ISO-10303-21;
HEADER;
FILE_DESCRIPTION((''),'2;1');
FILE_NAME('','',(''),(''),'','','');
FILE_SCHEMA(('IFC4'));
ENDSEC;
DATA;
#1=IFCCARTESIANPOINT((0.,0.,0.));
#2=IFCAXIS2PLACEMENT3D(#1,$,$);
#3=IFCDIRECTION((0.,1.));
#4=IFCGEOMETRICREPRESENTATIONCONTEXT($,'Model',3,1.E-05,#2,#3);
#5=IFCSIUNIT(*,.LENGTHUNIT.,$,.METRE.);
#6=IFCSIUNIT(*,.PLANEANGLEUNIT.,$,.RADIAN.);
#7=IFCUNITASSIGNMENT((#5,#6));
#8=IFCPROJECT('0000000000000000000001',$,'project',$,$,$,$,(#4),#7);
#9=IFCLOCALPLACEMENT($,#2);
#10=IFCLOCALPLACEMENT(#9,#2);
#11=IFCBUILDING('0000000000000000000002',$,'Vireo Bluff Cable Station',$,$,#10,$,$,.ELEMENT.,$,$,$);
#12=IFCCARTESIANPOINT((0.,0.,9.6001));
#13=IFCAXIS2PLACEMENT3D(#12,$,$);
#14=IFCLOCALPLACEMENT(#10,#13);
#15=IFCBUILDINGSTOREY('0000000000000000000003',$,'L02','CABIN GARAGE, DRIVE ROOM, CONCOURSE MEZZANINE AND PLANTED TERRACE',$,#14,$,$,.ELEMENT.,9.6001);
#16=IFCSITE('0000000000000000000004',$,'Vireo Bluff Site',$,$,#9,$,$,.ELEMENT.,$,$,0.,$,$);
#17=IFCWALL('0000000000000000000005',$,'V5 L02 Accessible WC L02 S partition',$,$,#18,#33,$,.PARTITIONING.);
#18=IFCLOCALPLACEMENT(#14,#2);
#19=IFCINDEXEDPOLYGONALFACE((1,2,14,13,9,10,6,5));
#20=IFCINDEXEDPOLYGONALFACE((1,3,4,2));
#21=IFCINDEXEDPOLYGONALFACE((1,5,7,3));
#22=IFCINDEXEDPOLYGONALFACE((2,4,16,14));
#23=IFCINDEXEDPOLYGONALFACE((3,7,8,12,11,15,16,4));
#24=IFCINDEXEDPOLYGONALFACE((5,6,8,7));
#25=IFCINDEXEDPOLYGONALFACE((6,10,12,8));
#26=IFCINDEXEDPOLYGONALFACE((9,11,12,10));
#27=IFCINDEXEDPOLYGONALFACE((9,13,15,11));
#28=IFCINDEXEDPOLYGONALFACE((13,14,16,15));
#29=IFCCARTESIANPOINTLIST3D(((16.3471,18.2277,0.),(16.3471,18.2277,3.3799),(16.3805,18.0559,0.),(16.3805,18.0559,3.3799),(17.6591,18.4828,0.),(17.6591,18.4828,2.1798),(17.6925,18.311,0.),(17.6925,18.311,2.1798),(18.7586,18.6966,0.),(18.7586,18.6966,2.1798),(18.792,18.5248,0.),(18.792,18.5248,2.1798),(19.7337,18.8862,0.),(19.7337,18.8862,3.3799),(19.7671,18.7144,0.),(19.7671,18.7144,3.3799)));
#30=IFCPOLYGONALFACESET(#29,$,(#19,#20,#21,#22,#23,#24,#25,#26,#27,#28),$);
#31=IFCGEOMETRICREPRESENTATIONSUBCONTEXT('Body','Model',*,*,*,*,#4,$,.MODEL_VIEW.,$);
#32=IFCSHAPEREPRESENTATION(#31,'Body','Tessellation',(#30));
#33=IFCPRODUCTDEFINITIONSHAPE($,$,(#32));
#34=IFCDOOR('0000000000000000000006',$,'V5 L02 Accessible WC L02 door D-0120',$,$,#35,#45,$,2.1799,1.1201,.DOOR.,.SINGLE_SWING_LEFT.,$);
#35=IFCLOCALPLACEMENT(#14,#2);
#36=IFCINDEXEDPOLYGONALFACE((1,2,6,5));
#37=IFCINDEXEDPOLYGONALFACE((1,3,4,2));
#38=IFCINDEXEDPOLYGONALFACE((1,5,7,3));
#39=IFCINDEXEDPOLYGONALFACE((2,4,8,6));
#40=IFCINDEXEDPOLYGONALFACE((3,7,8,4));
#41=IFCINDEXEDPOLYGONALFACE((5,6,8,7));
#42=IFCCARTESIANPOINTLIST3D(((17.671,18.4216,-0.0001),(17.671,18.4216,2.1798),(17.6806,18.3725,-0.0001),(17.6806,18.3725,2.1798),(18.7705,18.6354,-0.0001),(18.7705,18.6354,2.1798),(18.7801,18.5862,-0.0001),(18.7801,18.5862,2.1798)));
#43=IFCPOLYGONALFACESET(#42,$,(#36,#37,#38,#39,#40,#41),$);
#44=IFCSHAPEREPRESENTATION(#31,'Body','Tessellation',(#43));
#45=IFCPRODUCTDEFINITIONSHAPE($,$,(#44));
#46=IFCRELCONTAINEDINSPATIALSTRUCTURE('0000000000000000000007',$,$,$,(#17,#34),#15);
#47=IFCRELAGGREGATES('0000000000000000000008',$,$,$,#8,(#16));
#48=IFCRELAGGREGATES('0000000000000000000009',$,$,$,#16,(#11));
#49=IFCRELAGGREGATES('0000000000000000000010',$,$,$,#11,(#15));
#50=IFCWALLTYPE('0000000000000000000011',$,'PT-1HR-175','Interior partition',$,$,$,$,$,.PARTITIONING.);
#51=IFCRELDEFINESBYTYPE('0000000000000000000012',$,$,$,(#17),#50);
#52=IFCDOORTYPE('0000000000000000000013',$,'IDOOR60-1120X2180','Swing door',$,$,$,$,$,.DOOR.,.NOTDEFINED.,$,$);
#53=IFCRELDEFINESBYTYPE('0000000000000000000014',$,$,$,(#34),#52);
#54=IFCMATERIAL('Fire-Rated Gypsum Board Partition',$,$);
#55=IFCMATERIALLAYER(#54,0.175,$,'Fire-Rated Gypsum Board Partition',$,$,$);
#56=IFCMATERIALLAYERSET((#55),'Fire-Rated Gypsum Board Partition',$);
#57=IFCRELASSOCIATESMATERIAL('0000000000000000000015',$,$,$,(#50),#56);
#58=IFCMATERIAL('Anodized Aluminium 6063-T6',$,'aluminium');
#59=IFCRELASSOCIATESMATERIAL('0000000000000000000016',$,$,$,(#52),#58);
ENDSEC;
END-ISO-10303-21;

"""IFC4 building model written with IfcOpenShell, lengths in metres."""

from ifc_helpers import new_model, si_unit, direction, frame, frame_2d, origin, origin_with_axes, place, context, subcontext, project, spatial, rectangle, extrude, material, layer, layer_set, type_object, element, fill, save


model = new_model("IFC4")

# Units and contexts
model_context = context("Model", 3, precision=1e-05, world=origin(), true_north=direction((0.0, 1.0)))
body_context = subcontext(model_context, "Body", "Model", "MODEL_VIEW")
ifc_project = project(units=[si_unit("LENGTHUNIT", "METRE"), si_unit("PLANEANGLEUNIT", "RADIAN")], contexts=[model_context])

# Site, building, storey
site_placement = place(None, origin())
site = spatial("IfcSite", under=ifc_project, at=site_placement, Name="Vireo Bluff Site", CompositionType="ELEMENT", RefElevation=0.0)
building_placement = place(site_placement, origin())
building = spatial("IfcBuilding", under=site, at=building_placement, Name="Vireo Bluff Cable Station", CompositionType="ELEMENT")
storey_placement = place(building_placement, frame((0.0, 0.0, 9.6001)))
storey = spatial("IfcBuildingStorey", under=building, at=storey_placement, Name="L02", Description="CABIN GARAGE, DRIVE ROOM, CONCOURSE MEZZANINE AND PLANTED TERRACE", CompositionType="ELEMENT", Elevation=9.6001)

# Shared definitions
ifc_material_1 = material(Name="Anodized Aluminium 6063-T6", Category="aluminium")

# Wall, opening, door
ifc_material_2 = material(Name="Fire-Rated Gypsum Board Partition")
ifc_layer_1 = layer(ifc_material_2, 0.175, Name="Fire-Rated Gypsum Board Partition")
ifc_layer_set_1 = layer_set([ifc_layer_1], Name="Fire-Rated Gypsum Board Partition")
wall_type = type_object("IfcWallType", Name="PT-1HR-175", Description="Interior partition", PredefinedType="PARTITIONING", material=ifc_layer_set_1)
wall_placement = place(storey_placement, frame((19.7505, 18.8003, 0.0), z_axis=(0.0, 0.0, 1.0), x_axis=(-0.981617, -0.19086, 0.0)))
wall = element("IfcWall", 1, at=wall_placement, inside=storey, type_object=wall_type, Name="V5 L02 Accessible WC L02 S partition", PredefinedType="PARTITIONING", context=body_context, shape_type="SweptSolid", body=[
    extrude(rectangle(XDim=3.45, YDim=0.175, at=frame_2d((1.7251, 0.0))), origin(), (0.0, 0.0, 1.0), 3.3799),
])
opening_placement = place(wall_placement, frame((0.9934, 0.0, 0.0)))
opening = element("IfcOpeningElement", 2, at=opening_placement, cuts=wall, PredefinedType="OPENING", context=body_context, shape_type="SweptSolid", body=[
    extrude(rectangle(XDim=1.1201, YDim=2.1799, at=frame_2d((0.5601, 1.0898))), frame((0.0, 0.0977, 0.0), z_axis=(0.0, -1.0, 0.0), x_axis=(1.0, 0.0, 0.0)), (0.0, 0.0, 1.0), 0.1951),
])
door_type = type_object("IfcDoorType", Name="IDOOR60-1120X2180", Description="Swing door", OperationType="NOTDEFINED", PredefinedType="DOOR", material=ifc_material_1)
door_placement = place(opening_placement, origin_with_axes())
door = element("IfcDoor", 3, at=door_placement, inside=storey, type_object=door_type, Name="V5 L02 Accessible WC L02 door D-0120", OperationType="SINGLE_SWING_LEFT", OverallHeight=2.1799, OverallWidth=1.1201, PredefinedType="DOOR", context=body_context, shape_type="SweptSolid", body=[
    extrude(rectangle(XDim=1.1201, YDim=2.1799, at=frame_2d((0.5601, 1.0898))), frame((0.0, 0.0249, 0.0), z_axis=(0.0, -1.0, 0.0), x_axis=(1.0, 0.0, 0.0)), (0.0, 0.0, 1.0), 0.05),
])
fill(opening, door)

save(model, "model.ifc")
